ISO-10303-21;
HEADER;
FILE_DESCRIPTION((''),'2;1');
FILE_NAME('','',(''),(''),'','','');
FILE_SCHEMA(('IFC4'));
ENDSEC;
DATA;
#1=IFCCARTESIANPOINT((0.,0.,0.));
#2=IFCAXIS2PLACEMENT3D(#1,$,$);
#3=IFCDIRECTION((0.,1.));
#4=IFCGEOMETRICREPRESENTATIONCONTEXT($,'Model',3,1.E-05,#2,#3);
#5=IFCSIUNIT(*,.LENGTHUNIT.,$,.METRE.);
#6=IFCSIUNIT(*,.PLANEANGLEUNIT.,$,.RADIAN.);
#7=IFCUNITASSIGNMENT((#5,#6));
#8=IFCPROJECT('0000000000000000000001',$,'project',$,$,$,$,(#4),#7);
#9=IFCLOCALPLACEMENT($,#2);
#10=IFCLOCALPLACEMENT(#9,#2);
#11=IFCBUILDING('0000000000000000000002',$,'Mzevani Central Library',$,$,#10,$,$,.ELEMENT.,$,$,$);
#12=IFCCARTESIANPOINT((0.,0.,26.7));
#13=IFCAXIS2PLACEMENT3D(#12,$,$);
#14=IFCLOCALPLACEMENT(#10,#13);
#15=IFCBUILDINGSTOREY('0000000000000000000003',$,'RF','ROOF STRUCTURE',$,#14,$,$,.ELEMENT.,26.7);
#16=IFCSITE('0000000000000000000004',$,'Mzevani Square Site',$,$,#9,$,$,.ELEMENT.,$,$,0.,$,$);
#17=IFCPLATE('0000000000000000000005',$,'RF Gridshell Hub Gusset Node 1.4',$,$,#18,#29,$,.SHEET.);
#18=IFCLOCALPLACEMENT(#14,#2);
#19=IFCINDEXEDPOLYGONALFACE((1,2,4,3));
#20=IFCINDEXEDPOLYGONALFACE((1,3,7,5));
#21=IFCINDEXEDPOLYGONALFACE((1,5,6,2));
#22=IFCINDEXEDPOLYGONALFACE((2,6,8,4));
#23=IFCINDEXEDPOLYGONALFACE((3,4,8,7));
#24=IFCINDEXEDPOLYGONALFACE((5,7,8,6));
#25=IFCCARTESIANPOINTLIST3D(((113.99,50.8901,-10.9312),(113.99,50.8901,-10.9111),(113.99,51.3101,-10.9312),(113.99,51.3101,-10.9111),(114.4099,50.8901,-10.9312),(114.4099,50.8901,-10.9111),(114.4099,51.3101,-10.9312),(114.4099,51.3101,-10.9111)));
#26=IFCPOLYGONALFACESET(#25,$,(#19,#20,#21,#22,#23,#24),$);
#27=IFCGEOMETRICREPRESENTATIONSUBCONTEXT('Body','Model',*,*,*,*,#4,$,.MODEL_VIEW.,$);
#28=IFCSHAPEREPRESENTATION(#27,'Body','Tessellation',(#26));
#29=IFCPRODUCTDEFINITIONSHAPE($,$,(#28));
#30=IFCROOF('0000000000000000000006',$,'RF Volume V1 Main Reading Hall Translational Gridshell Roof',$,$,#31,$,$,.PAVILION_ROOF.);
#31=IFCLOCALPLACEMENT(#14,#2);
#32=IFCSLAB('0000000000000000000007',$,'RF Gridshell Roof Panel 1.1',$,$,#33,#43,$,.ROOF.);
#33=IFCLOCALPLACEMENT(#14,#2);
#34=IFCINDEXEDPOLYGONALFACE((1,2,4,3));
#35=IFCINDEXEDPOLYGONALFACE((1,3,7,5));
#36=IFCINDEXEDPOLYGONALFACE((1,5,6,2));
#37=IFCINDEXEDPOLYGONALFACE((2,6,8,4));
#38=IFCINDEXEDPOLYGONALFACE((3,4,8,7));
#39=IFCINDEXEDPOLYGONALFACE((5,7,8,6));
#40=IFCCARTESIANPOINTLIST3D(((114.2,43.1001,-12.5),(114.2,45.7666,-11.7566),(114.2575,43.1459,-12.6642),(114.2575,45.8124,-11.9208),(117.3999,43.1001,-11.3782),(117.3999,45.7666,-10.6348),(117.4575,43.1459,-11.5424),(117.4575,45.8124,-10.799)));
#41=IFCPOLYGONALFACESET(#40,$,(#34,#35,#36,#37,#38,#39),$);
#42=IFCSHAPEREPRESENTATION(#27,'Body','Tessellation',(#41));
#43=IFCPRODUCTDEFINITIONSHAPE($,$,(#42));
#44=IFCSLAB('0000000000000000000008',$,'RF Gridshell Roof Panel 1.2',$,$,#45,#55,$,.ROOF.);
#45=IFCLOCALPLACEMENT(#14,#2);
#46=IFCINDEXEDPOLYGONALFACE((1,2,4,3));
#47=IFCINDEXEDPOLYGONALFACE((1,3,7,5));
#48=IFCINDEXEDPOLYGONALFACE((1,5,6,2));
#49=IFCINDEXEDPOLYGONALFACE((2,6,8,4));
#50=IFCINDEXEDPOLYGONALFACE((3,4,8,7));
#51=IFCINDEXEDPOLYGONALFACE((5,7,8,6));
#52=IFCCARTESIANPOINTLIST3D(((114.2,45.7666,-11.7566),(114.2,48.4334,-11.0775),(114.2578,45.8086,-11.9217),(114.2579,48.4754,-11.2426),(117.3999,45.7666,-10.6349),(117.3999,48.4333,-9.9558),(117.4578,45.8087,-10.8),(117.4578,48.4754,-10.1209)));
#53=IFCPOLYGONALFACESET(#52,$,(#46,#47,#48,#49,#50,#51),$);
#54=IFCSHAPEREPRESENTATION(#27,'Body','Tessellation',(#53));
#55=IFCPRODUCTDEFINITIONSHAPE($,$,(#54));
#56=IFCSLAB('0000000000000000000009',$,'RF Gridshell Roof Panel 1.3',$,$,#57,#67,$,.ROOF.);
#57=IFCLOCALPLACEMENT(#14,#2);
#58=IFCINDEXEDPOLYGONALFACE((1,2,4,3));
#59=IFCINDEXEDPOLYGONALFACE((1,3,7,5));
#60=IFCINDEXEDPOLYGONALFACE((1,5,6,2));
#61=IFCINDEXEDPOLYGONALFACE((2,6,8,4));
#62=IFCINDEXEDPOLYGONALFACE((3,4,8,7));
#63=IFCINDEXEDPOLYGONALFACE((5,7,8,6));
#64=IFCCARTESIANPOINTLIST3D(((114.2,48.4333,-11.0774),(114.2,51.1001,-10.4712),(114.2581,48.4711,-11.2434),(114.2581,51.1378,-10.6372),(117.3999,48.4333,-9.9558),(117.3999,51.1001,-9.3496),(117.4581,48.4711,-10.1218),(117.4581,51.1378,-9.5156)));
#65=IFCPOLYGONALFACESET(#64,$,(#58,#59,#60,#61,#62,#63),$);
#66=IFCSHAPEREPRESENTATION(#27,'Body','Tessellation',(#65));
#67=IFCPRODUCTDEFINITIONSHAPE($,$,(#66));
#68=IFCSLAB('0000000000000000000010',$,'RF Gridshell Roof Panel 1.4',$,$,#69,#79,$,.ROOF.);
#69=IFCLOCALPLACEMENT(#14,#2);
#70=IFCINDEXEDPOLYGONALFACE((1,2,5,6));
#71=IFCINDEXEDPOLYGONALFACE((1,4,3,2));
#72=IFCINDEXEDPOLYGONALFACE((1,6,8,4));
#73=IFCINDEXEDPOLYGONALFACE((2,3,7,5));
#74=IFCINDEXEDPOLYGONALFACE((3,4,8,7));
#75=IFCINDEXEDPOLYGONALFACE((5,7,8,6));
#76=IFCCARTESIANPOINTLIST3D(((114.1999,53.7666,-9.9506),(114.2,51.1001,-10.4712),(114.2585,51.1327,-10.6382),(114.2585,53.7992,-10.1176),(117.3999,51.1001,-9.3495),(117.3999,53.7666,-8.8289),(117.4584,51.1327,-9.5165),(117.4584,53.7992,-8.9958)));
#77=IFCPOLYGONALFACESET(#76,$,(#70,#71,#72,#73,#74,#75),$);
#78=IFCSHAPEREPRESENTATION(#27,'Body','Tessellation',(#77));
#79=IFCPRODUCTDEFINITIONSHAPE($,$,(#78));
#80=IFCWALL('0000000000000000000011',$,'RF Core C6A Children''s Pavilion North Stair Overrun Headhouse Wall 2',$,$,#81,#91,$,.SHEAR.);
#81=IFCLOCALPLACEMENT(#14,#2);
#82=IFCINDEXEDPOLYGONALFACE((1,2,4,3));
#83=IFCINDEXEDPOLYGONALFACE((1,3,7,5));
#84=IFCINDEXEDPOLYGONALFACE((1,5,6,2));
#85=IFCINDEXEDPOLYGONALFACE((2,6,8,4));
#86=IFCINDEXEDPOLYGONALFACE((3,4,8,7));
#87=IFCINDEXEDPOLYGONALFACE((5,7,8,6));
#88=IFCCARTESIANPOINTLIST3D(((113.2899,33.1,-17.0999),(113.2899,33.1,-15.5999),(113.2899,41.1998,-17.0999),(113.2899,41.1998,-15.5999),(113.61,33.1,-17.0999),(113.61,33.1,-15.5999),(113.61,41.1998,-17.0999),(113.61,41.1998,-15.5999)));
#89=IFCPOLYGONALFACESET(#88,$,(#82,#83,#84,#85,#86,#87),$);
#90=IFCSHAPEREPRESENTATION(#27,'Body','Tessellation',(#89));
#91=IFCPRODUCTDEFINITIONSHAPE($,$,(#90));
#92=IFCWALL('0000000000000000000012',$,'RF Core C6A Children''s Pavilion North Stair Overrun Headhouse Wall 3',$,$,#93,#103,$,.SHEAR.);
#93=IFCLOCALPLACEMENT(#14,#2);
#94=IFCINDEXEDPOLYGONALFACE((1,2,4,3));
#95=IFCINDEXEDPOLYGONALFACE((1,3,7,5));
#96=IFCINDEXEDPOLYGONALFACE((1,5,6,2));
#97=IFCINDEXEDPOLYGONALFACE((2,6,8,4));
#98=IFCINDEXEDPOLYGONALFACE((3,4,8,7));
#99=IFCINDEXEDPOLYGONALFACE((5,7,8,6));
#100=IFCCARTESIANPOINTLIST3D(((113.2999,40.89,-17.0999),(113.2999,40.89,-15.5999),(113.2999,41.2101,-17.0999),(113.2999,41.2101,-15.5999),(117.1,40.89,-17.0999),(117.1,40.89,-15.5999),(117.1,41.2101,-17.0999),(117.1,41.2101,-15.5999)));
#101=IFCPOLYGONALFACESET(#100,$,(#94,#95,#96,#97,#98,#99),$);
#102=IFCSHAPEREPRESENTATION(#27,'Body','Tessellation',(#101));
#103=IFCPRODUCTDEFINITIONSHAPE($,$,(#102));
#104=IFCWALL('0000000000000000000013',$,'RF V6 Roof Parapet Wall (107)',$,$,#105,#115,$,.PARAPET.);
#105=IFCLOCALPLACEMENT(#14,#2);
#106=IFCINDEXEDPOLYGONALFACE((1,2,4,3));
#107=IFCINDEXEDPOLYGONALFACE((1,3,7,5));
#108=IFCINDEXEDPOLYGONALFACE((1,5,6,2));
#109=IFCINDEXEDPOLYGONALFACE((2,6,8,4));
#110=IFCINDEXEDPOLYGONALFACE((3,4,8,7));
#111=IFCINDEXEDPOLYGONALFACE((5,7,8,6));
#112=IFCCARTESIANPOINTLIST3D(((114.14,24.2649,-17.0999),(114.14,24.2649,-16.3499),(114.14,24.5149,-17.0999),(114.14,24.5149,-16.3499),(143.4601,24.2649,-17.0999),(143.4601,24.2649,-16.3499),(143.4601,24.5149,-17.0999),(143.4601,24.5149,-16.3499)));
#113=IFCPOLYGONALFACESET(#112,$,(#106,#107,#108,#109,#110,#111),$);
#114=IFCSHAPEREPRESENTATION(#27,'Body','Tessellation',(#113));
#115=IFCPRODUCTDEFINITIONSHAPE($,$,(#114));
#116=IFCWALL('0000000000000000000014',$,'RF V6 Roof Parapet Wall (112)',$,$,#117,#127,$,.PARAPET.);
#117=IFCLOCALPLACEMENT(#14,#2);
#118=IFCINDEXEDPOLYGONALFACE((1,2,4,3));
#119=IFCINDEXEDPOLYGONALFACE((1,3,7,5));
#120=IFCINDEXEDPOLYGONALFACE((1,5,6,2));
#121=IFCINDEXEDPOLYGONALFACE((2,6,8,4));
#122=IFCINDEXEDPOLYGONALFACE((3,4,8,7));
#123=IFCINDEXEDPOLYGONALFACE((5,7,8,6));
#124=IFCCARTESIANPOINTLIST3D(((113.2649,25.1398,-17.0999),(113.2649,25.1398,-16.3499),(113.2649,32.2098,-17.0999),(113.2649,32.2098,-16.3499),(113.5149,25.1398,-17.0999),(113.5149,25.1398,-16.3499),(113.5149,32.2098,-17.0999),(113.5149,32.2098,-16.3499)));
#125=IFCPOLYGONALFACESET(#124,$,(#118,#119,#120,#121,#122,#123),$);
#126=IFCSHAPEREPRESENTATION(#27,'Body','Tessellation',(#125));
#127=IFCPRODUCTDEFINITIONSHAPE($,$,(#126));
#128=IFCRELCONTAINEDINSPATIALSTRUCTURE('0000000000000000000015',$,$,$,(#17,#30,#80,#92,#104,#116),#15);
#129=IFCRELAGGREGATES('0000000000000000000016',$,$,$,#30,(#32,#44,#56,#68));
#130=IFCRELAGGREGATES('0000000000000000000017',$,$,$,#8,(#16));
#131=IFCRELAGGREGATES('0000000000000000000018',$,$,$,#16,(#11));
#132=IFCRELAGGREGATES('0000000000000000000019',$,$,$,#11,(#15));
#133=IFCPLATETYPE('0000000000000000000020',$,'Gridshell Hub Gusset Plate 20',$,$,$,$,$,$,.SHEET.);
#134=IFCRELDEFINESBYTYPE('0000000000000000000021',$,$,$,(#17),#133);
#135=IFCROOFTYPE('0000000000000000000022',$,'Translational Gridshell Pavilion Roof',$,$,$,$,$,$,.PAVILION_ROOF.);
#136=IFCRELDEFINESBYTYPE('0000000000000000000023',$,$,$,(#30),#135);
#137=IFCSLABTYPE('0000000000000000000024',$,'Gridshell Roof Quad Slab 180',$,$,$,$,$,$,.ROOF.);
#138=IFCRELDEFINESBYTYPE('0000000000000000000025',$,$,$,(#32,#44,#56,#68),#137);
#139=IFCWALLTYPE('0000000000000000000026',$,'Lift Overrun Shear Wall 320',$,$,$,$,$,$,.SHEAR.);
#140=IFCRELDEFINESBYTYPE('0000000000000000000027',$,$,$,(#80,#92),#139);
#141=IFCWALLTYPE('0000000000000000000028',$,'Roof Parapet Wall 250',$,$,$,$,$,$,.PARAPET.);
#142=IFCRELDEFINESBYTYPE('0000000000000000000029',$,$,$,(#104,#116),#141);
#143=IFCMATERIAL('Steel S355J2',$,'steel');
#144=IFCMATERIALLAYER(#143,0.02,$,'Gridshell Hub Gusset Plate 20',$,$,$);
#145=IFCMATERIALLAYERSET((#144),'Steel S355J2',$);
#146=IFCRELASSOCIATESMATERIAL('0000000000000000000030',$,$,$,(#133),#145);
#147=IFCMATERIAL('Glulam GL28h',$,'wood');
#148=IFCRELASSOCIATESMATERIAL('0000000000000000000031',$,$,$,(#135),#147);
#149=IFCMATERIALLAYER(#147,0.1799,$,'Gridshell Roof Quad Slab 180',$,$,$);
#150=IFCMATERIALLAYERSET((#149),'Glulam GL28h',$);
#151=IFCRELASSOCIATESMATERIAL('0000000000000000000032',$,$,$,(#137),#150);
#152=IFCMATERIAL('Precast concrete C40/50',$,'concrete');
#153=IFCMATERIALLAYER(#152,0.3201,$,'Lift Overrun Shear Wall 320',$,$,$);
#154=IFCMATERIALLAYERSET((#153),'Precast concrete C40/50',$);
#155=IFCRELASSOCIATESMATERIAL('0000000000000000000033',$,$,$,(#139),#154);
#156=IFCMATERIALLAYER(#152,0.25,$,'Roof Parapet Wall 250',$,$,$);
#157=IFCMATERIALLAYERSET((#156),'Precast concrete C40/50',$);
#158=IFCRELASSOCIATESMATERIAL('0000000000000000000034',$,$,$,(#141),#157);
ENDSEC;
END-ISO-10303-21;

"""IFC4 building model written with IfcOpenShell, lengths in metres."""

from ifc_helpers import new_model, si_unit, direction, frame, frame_2d, origin, origin_2d, place, context, subcontext, project, spatial, polyline, rectangle, outline, extrude, material, layer, layer_set, type_object, element, aggregate, save


model = new_model("IFC4")

# Units and contexts
model_context = context("Model", 3, precision=1e-05, world=origin(), true_north=direction((0.0, 1.0)))
body_context = subcontext(model_context, "Body", "Model", "MODEL_VIEW")
ifc_project = project(units=[si_unit("LENGTHUNIT", "METRE"), si_unit("PLANEANGLEUNIT", "RADIAN")], contexts=[model_context])

# Site, building, storey
site_placement = place(None, origin())
site = spatial("IfcSite", under=ifc_project, at=site_placement, Name="Mzevani Square Site", CompositionType="ELEMENT", RefElevation=0.0)
building_placement = place(site_placement, origin())
building = spatial("IfcBuilding", under=site, at=building_placement, Name="Mzevani Central Library", CompositionType="ELEMENT")
storey_placement = place(building_placement, frame((0.0, 0.0, 26.7)))
storey = spatial("IfcBuildingStorey", under=building, at=storey_placement, Name="RF", Description="ROOF STRUCTURE", CompositionType="ELEMENT", Elevation=26.7)

# Shared definitions
ifc_material_1 = material(Name="Glulam GL28h", Category="wood")

# Shared definitions
ifc_material_2 = material(Name="Steel S355J2", Category="steel")

# Plate
ifc_layer_1 = layer(ifc_material_2, 0.02, Name="Gridshell Hub Gusset Plate 20")
ifc_layer_set_1 = layer_set([ifc_layer_1], Name="Steel S355J2")
plate_type = type_object("IfcPlateType", Name="Gridshell Hub Gusset Plate 20", PredefinedType="SHEET", material=ifc_layer_set_1)
for number, where, z_axis, x_axis, name in (
    (1, (114.2, 51.1001, -10.9312), (0.0, 0.0, 1.0), (1.0, 0.0, 0.0), "RF Gridshell Hub Gusset Node 1.4"),
):
    element("IfcPlate", number, at=place(storey_placement, frame(where, z_axis=z_axis, x_axis=x_axis)), inside=storey, type_object=plate_type, Name=name, PredefinedType="SHEET", context=body_context, shape_type="SweptSolid", body=[
        extrude(rectangle(XDim=0.4199, YDim=0.4199, at=origin_2d()), origin(), (0.0, 0.0, 1.0), 0.02),
    ])

# Roof, slabs
roof_type = type_object("IfcRoofType", Name="Translational Gridshell Pavilion Roof", PredefinedType="PAVILION_ROOF", material=ifc_material_1)
roof_placement = place(storey_placement, origin())
roof = element("IfcRoof", 2, at=roof_placement, inside=storey, type_object=roof_type, Name="RF Volume V1 Main Reading Hall Translational Gridshell Roof", PredefinedType="PAVILION_ROOF")
ifc_layer_2 = layer(ifc_material_1, 0.1799, Name="Gridshell Roof Quad Slab 180")
ifc_layer_set_2 = layer_set([ifc_layer_2], Name="Glulam GL28h")
slab_type = type_object("IfcSlabType", Name="Gridshell Roof Quad Slab 180", PredefinedType="ROOF", material=ifc_layer_set_2)
slab_1_placement = place(storey_placement, frame((114.2, 43.1001, -12.5), z_axis=(-0.319947, -0.254437, 0.912631), x_axis=(0.943689, 0.0, 0.330835)))
slab_1 = element("IfcSlab", 3, at=slab_1_placement, type_object=slab_type, Name="RF Gridshell Roof Panel 1.1", PredefinedType="ROOF", context=body_context, shape_type="SweptSolid", body=[
    extrude(outline(polyline([(0.0, 0.0), (3.3909, 0.0), (3.6368, 2.7572), (0.2459, 2.7572), (0.0, 0.0)])), origin(), (0.0, 0.0, -1.0), 0.1799),
])
slab_2_placement = place(storey_placement, frame((114.2, 45.7666, -11.7566), z_axis=(-0.321646, -0.233658, 0.917577), x_axis=(0.943699, 0.000008, 0.330804)))
slab_2 = element("IfcSlab", 4, at=slab_2_placement, type_object=slab_type, Name="RF Gridshell Roof Panel 1.2", PredefinedType="ROOF", context=body_context, shape_type="SweptSolid", body=[
    extrude(outline(polyline([(0.0, 0.0), (3.3909, 0.0), (3.6155, 2.7426), (0.2247, 2.7427), (0.0, 0.0)])), origin(), (0.0, 0.0, -1.0), 0.1799),
])
slab_3_placement = place(storey_placement, frame((114.2, 48.4333, -11.0774), z_axis=(-0.323412, -0.209751, 0.922718), x_axis=(0.943711, 0.0, 0.330771)))
slab_3 = element("IfcSlab", 5, at=slab_3_placement, type_object=slab_type, Name="RF Gridshell Roof Panel 1.3", PredefinedType="ROOF", context=body_context, shape_type="SweptSolid", body=[
    extrude(outline(polyline([(0.0, 0.0), (3.3908, 0.0), (3.5913, 2.7274), (0.2005, 2.7274), (0.0, 0.0)])), origin(), (0.0, 0.0, -1.0), 0.1799),
])
slab_4_placement = place(storey_placement, frame((114.2, 51.1001, -10.4712), z_axis=(-0.325326, -0.181205, 0.928077), x_axis=(0.9437, -0.000006, 0.330802)))
slab_4 = element("IfcSlab", 6, at=slab_4_placement, type_object=slab_type, Name="RF Gridshell Roof Panel 1.4", PredefinedType="ROOF", context=body_context, shape_type="SweptSolid", body=[
    extrude(outline(polyline([(0.0, 0.0), (3.3908, 0.0), (3.5631, 2.7114), (0.1722, 2.7114), (0.0, 0.0)])), origin(), (0.0, 0.0, -1.0), 0.1799),
])
aggregate(roof, [slab_1, slab_2, slab_3, slab_4])

# Walls
ifc_material_3 = material(Name="Precast concrete C40/50", Category="concrete")
ifc_layer_3 = layer(ifc_material_3, 0.3201, Name="Lift Overrun Shear Wall 320")
ifc_layer_set_3 = layer_set([ifc_layer_3], Name="Precast concrete C40/50")
wall_type_1 = type_object("IfcWallType", Name="Lift Overrun Shear Wall 320", PredefinedType="SHEAR", material=ifc_layer_set_3)
wall_1_placement = place(storey_placement, frame((113.45, 33.1001, -17.0999), z_axis=(0.0, 0.0, 1.0), x_axis=(0.0, 1.0, 0.0)))
element("IfcWall", 7, at=wall_1_placement, inside=storey, type_object=wall_type_1, Name="RF Core C6A Children's Pavilion North Stair Overrun Headhouse Wall 2", PredefinedType="SHEAR", context=body_context, shape_type="SweptSolid", body=[
    extrude(rectangle(XDim=8.0999, YDim=0.3201, at=frame_2d((4.0498, 0.0))), origin(), (0.0, 0.0, 1.0), 1.5),
])
wall_2_placement = place(storey_placement, frame((113.3, 41.05, -17.0999), z_axis=(0.0, 0.0, 1.0), x_axis=(1.0, 0.0, 0.0)))
element("IfcWall", 8, at=wall_2_placement, inside=storey, type_object=wall_type_1, Name="RF Core C6A Children's Pavilion North Stair Overrun Headhouse Wall 3", PredefinedType="SHEAR", context=body_context, shape_type="SweptSolid", body=[
    extrude(rectangle(XDim=3.8, YDim=0.3201, at=frame_2d((1.8999, 0.0))), origin(), (0.0, 0.0, 1.0), 1.5),
])
ifc_layer_4 = layer(ifc_material_3, 0.25, Name="Roof Parapet Wall 250")
ifc_layer_set_4 = layer_set([ifc_layer_4], Name="Precast concrete C40/50")
wall_type_2 = type_object("IfcWallType", Name="Roof Parapet Wall 250", PredefinedType="PARAPET", material=ifc_layer_set_4)
wall_3_placement = place(storey_placement, frame((114.1399, 24.3899, -17.0999), z_axis=(0.0, 0.0, 1.0), x_axis=(1.0, 0.0, 0.0)))
element("IfcWall", 9, at=wall_3_placement, inside=storey, type_object=wall_type_2, Name="RF V6 Roof Parapet Wall (107)", PredefinedType="PARAPET", context=body_context, shape_type="SweptSolid", body=[
    extrude(rectangle(XDim=29.3201, YDim=0.25, at=frame_2d((14.6602, 0.0))), origin(), (0.0, 0.0, 1.0), 0.75),
])
wall_4_placement = place(storey_placement, frame((113.3899, 32.21, -17.0999), z_axis=(0.0, 0.0, 1.0), x_axis=(0.0, -1.0, 0.0)))
element("IfcWall", 10, at=wall_4_placement, inside=storey, type_object=wall_type_2, Name="RF V6 Roof Parapet Wall (112)", PredefinedType="PARAPET", context=body_context, shape_type="SweptSolid", body=[
    extrude(rectangle(XDim=7.0701, YDim=0.25, at=frame_2d((3.5352, 0.0))), origin(), (0.0, 0.0, 1.0), 0.75),
])

save(model, "model.ifc")
